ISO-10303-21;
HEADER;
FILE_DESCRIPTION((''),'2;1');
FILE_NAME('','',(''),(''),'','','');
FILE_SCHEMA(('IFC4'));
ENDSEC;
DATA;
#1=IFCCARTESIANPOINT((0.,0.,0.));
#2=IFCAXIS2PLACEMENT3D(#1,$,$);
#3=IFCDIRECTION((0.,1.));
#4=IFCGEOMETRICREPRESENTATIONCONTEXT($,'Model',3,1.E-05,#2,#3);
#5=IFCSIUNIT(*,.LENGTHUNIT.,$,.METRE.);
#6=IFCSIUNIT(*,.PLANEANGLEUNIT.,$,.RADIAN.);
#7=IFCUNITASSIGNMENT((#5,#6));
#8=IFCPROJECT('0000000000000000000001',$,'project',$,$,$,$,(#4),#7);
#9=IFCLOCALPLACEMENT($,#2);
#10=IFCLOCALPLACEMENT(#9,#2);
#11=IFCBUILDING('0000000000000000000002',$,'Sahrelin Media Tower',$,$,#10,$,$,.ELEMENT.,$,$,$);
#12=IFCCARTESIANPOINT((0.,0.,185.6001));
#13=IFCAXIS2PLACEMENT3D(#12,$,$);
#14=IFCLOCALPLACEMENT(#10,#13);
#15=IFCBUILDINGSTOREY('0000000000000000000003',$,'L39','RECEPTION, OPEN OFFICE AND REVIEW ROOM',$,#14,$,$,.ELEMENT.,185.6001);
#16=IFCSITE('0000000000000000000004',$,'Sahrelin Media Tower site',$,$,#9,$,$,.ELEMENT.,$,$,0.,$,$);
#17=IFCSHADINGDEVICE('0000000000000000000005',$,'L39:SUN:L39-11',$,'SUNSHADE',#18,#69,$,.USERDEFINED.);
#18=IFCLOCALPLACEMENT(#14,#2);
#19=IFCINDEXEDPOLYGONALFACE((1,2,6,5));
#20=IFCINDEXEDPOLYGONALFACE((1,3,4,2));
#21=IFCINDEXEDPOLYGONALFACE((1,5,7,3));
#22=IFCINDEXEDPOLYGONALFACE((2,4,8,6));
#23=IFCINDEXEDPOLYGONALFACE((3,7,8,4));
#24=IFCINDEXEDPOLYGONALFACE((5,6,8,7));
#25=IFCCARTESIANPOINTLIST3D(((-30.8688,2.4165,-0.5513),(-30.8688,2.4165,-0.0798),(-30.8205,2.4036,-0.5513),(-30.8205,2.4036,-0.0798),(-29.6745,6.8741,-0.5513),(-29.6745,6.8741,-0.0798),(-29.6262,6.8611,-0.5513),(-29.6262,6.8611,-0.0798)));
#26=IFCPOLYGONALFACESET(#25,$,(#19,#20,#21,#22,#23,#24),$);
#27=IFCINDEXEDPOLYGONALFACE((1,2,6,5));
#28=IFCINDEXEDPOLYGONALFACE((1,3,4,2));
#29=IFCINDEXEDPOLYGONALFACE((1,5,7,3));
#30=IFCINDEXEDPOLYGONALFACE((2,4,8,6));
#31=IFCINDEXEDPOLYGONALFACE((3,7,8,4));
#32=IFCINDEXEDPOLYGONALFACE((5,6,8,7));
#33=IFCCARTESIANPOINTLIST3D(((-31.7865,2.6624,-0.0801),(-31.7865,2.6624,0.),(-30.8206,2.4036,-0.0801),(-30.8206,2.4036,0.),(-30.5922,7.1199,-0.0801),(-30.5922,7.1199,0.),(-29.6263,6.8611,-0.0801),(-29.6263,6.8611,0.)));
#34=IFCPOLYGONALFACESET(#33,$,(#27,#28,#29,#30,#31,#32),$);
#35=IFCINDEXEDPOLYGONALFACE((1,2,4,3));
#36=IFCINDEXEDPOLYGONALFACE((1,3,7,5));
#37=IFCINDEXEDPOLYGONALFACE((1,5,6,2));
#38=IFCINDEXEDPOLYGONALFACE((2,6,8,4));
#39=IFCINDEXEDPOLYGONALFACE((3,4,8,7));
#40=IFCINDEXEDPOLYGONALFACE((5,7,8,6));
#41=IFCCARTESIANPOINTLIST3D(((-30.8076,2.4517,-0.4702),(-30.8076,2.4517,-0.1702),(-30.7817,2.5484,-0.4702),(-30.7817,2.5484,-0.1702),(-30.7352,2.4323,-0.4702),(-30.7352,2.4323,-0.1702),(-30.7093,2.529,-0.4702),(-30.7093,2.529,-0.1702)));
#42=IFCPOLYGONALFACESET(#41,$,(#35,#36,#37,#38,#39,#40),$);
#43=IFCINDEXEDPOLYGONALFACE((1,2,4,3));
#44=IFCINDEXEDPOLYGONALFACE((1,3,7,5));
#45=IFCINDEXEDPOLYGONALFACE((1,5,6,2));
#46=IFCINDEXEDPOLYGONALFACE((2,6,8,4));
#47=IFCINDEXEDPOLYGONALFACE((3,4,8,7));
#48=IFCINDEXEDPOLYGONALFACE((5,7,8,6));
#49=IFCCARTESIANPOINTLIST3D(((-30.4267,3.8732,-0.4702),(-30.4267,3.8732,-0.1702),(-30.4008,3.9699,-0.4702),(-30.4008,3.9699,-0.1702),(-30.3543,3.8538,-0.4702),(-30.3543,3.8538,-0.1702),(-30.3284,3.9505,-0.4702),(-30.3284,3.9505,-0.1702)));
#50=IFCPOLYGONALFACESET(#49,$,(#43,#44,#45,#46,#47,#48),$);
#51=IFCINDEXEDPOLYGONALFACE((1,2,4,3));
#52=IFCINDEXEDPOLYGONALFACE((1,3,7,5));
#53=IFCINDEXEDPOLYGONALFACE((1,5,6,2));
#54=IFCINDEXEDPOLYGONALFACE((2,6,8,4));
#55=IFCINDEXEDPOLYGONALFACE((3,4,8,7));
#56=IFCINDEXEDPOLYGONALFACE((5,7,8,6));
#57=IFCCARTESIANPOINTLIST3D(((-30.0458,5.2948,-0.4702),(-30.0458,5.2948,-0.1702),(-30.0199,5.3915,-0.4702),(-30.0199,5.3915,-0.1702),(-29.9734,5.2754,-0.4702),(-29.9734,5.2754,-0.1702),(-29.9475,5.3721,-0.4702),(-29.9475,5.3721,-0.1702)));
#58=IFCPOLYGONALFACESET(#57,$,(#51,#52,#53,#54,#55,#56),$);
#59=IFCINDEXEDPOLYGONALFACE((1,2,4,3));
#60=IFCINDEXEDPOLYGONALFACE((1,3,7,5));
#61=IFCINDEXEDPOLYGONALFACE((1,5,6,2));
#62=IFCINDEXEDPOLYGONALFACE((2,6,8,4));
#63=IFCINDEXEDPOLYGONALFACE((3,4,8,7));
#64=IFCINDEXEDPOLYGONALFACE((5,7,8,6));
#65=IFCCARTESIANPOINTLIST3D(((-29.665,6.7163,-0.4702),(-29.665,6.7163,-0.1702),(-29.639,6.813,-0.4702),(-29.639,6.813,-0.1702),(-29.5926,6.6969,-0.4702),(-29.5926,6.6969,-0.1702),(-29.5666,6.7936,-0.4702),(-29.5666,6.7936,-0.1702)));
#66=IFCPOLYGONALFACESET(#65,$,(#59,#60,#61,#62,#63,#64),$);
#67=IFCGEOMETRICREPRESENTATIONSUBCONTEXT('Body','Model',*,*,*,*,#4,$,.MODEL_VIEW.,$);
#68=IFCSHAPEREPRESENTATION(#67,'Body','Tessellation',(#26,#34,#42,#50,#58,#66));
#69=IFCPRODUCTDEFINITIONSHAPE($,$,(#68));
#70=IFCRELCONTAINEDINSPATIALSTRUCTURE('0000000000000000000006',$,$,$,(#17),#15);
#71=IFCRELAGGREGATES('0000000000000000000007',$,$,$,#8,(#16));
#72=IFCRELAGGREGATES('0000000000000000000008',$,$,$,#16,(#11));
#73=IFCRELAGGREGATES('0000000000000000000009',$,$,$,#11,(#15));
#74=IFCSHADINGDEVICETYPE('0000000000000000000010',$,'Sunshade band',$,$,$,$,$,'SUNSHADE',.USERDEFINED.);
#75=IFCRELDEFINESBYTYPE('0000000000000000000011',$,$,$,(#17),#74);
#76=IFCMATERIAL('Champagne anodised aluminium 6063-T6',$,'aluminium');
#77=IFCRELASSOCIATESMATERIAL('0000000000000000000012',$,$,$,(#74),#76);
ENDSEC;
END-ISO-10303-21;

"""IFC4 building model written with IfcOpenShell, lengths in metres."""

from ifc_helpers import new_model, si_unit, direction, frame, origin, origin_2d, place, context, subcontext, project, spatial, rectangle, extrude, material, type_object, element, save


model = new_model("IFC4")

# Units and contexts
model_context = context("Model", 3, precision=1e-05, world=origin(), true_north=direction((0.0, 1.0)))
body_context = subcontext(model_context, "Body", "Model", "MODEL_VIEW")
ifc_project = project(units=[si_unit("LENGTHUNIT", "METRE"), si_unit("PLANEANGLEUNIT", "RADIAN")], contexts=[model_context])

# Site, building, storey
site_placement = place(None, origin())
site = spatial("IfcSite", under=ifc_project, at=site_placement, Name="Sahrelin Media Tower site", CompositionType="ELEMENT", RefElevation=0.0)
building_placement = place(site_placement, origin())
building = spatial("IfcBuilding", under=site, at=building_placement, Name="Sahrelin Media Tower", CompositionType="ELEMENT")
storey_placement = place(building_placement, frame((0.0, 0.0, 185.6001)))
storey = spatial("IfcBuildingStorey", under=building, at=storey_placement, Name="L39", Description="RECEPTION, OPEN OFFICE AND REVIEW ROOM", CompositionType="ELEMENT", Elevation=185.6001)

# Shared definitions
ifc_material_1 = material(Name="Champagne anodised aluminium 6063-T6", Category="aluminium")

# Shading device
placement_1 = place(storey_placement, frame((-30.2041, 4.6272, 0.0), z_axis=(0.0, 0.0, 1.0), x_axis=(0.258808, 0.965929, 0.0)))
shading_device_type_1 = type_object("IfcShadingDeviceType", Name="Sunshade band", ElementType="SUNSHADE", PredefinedType="USERDEFINED", material=ifc_material_1)
element("IfcShadingDevice", 1, at=placement_1, inside=storey, type_object=shading_device_type_1, Name="L39:SUN:L39-11", ObjectType="SUNSHADE", PredefinedType="USERDEFINED", context=body_context, shape_type="SweptSolid", body=[
    extrude(rectangle(XDim=4.6147, YDim=0.05, at=origin_2d()), frame((0.0, 0.0449, -0.5513)), (0.0, 0.0, 1.0), 0.4714),
    extrude(rectangle(XDim=4.6147, YDim=1.0, at=origin_2d()), frame((0.0, 0.52, -0.0801)), (0.0, 0.0, 1.0), 0.0801),
    extrude(rectangle(XDim=0.1001, YDim=0.075, at=origin_2d()), frame((-2.2075, -0.0176, -0.4702)), (0.0, 0.0, 1.0), 0.3),
    extrude(rectangle(XDim=0.1001, YDim=0.075, at=origin_2d()), frame((-0.7358, -0.0176, -0.4702)), (0.0, 0.0, 1.0), 0.3),
    extrude(rectangle(XDim=0.1001, YDim=0.075, at=origin_2d()), frame((0.7358, -0.0176, -0.4702)), (0.0, 0.0, 1.0), 0.3),
    extrude(rectangle(XDim=0.1001, YDim=0.075, at=origin_2d()), frame((2.2075, -0.0176, -0.4702)), (0.0, 0.0, 1.0), 0.3),
])

save(model, "model.ifc")
